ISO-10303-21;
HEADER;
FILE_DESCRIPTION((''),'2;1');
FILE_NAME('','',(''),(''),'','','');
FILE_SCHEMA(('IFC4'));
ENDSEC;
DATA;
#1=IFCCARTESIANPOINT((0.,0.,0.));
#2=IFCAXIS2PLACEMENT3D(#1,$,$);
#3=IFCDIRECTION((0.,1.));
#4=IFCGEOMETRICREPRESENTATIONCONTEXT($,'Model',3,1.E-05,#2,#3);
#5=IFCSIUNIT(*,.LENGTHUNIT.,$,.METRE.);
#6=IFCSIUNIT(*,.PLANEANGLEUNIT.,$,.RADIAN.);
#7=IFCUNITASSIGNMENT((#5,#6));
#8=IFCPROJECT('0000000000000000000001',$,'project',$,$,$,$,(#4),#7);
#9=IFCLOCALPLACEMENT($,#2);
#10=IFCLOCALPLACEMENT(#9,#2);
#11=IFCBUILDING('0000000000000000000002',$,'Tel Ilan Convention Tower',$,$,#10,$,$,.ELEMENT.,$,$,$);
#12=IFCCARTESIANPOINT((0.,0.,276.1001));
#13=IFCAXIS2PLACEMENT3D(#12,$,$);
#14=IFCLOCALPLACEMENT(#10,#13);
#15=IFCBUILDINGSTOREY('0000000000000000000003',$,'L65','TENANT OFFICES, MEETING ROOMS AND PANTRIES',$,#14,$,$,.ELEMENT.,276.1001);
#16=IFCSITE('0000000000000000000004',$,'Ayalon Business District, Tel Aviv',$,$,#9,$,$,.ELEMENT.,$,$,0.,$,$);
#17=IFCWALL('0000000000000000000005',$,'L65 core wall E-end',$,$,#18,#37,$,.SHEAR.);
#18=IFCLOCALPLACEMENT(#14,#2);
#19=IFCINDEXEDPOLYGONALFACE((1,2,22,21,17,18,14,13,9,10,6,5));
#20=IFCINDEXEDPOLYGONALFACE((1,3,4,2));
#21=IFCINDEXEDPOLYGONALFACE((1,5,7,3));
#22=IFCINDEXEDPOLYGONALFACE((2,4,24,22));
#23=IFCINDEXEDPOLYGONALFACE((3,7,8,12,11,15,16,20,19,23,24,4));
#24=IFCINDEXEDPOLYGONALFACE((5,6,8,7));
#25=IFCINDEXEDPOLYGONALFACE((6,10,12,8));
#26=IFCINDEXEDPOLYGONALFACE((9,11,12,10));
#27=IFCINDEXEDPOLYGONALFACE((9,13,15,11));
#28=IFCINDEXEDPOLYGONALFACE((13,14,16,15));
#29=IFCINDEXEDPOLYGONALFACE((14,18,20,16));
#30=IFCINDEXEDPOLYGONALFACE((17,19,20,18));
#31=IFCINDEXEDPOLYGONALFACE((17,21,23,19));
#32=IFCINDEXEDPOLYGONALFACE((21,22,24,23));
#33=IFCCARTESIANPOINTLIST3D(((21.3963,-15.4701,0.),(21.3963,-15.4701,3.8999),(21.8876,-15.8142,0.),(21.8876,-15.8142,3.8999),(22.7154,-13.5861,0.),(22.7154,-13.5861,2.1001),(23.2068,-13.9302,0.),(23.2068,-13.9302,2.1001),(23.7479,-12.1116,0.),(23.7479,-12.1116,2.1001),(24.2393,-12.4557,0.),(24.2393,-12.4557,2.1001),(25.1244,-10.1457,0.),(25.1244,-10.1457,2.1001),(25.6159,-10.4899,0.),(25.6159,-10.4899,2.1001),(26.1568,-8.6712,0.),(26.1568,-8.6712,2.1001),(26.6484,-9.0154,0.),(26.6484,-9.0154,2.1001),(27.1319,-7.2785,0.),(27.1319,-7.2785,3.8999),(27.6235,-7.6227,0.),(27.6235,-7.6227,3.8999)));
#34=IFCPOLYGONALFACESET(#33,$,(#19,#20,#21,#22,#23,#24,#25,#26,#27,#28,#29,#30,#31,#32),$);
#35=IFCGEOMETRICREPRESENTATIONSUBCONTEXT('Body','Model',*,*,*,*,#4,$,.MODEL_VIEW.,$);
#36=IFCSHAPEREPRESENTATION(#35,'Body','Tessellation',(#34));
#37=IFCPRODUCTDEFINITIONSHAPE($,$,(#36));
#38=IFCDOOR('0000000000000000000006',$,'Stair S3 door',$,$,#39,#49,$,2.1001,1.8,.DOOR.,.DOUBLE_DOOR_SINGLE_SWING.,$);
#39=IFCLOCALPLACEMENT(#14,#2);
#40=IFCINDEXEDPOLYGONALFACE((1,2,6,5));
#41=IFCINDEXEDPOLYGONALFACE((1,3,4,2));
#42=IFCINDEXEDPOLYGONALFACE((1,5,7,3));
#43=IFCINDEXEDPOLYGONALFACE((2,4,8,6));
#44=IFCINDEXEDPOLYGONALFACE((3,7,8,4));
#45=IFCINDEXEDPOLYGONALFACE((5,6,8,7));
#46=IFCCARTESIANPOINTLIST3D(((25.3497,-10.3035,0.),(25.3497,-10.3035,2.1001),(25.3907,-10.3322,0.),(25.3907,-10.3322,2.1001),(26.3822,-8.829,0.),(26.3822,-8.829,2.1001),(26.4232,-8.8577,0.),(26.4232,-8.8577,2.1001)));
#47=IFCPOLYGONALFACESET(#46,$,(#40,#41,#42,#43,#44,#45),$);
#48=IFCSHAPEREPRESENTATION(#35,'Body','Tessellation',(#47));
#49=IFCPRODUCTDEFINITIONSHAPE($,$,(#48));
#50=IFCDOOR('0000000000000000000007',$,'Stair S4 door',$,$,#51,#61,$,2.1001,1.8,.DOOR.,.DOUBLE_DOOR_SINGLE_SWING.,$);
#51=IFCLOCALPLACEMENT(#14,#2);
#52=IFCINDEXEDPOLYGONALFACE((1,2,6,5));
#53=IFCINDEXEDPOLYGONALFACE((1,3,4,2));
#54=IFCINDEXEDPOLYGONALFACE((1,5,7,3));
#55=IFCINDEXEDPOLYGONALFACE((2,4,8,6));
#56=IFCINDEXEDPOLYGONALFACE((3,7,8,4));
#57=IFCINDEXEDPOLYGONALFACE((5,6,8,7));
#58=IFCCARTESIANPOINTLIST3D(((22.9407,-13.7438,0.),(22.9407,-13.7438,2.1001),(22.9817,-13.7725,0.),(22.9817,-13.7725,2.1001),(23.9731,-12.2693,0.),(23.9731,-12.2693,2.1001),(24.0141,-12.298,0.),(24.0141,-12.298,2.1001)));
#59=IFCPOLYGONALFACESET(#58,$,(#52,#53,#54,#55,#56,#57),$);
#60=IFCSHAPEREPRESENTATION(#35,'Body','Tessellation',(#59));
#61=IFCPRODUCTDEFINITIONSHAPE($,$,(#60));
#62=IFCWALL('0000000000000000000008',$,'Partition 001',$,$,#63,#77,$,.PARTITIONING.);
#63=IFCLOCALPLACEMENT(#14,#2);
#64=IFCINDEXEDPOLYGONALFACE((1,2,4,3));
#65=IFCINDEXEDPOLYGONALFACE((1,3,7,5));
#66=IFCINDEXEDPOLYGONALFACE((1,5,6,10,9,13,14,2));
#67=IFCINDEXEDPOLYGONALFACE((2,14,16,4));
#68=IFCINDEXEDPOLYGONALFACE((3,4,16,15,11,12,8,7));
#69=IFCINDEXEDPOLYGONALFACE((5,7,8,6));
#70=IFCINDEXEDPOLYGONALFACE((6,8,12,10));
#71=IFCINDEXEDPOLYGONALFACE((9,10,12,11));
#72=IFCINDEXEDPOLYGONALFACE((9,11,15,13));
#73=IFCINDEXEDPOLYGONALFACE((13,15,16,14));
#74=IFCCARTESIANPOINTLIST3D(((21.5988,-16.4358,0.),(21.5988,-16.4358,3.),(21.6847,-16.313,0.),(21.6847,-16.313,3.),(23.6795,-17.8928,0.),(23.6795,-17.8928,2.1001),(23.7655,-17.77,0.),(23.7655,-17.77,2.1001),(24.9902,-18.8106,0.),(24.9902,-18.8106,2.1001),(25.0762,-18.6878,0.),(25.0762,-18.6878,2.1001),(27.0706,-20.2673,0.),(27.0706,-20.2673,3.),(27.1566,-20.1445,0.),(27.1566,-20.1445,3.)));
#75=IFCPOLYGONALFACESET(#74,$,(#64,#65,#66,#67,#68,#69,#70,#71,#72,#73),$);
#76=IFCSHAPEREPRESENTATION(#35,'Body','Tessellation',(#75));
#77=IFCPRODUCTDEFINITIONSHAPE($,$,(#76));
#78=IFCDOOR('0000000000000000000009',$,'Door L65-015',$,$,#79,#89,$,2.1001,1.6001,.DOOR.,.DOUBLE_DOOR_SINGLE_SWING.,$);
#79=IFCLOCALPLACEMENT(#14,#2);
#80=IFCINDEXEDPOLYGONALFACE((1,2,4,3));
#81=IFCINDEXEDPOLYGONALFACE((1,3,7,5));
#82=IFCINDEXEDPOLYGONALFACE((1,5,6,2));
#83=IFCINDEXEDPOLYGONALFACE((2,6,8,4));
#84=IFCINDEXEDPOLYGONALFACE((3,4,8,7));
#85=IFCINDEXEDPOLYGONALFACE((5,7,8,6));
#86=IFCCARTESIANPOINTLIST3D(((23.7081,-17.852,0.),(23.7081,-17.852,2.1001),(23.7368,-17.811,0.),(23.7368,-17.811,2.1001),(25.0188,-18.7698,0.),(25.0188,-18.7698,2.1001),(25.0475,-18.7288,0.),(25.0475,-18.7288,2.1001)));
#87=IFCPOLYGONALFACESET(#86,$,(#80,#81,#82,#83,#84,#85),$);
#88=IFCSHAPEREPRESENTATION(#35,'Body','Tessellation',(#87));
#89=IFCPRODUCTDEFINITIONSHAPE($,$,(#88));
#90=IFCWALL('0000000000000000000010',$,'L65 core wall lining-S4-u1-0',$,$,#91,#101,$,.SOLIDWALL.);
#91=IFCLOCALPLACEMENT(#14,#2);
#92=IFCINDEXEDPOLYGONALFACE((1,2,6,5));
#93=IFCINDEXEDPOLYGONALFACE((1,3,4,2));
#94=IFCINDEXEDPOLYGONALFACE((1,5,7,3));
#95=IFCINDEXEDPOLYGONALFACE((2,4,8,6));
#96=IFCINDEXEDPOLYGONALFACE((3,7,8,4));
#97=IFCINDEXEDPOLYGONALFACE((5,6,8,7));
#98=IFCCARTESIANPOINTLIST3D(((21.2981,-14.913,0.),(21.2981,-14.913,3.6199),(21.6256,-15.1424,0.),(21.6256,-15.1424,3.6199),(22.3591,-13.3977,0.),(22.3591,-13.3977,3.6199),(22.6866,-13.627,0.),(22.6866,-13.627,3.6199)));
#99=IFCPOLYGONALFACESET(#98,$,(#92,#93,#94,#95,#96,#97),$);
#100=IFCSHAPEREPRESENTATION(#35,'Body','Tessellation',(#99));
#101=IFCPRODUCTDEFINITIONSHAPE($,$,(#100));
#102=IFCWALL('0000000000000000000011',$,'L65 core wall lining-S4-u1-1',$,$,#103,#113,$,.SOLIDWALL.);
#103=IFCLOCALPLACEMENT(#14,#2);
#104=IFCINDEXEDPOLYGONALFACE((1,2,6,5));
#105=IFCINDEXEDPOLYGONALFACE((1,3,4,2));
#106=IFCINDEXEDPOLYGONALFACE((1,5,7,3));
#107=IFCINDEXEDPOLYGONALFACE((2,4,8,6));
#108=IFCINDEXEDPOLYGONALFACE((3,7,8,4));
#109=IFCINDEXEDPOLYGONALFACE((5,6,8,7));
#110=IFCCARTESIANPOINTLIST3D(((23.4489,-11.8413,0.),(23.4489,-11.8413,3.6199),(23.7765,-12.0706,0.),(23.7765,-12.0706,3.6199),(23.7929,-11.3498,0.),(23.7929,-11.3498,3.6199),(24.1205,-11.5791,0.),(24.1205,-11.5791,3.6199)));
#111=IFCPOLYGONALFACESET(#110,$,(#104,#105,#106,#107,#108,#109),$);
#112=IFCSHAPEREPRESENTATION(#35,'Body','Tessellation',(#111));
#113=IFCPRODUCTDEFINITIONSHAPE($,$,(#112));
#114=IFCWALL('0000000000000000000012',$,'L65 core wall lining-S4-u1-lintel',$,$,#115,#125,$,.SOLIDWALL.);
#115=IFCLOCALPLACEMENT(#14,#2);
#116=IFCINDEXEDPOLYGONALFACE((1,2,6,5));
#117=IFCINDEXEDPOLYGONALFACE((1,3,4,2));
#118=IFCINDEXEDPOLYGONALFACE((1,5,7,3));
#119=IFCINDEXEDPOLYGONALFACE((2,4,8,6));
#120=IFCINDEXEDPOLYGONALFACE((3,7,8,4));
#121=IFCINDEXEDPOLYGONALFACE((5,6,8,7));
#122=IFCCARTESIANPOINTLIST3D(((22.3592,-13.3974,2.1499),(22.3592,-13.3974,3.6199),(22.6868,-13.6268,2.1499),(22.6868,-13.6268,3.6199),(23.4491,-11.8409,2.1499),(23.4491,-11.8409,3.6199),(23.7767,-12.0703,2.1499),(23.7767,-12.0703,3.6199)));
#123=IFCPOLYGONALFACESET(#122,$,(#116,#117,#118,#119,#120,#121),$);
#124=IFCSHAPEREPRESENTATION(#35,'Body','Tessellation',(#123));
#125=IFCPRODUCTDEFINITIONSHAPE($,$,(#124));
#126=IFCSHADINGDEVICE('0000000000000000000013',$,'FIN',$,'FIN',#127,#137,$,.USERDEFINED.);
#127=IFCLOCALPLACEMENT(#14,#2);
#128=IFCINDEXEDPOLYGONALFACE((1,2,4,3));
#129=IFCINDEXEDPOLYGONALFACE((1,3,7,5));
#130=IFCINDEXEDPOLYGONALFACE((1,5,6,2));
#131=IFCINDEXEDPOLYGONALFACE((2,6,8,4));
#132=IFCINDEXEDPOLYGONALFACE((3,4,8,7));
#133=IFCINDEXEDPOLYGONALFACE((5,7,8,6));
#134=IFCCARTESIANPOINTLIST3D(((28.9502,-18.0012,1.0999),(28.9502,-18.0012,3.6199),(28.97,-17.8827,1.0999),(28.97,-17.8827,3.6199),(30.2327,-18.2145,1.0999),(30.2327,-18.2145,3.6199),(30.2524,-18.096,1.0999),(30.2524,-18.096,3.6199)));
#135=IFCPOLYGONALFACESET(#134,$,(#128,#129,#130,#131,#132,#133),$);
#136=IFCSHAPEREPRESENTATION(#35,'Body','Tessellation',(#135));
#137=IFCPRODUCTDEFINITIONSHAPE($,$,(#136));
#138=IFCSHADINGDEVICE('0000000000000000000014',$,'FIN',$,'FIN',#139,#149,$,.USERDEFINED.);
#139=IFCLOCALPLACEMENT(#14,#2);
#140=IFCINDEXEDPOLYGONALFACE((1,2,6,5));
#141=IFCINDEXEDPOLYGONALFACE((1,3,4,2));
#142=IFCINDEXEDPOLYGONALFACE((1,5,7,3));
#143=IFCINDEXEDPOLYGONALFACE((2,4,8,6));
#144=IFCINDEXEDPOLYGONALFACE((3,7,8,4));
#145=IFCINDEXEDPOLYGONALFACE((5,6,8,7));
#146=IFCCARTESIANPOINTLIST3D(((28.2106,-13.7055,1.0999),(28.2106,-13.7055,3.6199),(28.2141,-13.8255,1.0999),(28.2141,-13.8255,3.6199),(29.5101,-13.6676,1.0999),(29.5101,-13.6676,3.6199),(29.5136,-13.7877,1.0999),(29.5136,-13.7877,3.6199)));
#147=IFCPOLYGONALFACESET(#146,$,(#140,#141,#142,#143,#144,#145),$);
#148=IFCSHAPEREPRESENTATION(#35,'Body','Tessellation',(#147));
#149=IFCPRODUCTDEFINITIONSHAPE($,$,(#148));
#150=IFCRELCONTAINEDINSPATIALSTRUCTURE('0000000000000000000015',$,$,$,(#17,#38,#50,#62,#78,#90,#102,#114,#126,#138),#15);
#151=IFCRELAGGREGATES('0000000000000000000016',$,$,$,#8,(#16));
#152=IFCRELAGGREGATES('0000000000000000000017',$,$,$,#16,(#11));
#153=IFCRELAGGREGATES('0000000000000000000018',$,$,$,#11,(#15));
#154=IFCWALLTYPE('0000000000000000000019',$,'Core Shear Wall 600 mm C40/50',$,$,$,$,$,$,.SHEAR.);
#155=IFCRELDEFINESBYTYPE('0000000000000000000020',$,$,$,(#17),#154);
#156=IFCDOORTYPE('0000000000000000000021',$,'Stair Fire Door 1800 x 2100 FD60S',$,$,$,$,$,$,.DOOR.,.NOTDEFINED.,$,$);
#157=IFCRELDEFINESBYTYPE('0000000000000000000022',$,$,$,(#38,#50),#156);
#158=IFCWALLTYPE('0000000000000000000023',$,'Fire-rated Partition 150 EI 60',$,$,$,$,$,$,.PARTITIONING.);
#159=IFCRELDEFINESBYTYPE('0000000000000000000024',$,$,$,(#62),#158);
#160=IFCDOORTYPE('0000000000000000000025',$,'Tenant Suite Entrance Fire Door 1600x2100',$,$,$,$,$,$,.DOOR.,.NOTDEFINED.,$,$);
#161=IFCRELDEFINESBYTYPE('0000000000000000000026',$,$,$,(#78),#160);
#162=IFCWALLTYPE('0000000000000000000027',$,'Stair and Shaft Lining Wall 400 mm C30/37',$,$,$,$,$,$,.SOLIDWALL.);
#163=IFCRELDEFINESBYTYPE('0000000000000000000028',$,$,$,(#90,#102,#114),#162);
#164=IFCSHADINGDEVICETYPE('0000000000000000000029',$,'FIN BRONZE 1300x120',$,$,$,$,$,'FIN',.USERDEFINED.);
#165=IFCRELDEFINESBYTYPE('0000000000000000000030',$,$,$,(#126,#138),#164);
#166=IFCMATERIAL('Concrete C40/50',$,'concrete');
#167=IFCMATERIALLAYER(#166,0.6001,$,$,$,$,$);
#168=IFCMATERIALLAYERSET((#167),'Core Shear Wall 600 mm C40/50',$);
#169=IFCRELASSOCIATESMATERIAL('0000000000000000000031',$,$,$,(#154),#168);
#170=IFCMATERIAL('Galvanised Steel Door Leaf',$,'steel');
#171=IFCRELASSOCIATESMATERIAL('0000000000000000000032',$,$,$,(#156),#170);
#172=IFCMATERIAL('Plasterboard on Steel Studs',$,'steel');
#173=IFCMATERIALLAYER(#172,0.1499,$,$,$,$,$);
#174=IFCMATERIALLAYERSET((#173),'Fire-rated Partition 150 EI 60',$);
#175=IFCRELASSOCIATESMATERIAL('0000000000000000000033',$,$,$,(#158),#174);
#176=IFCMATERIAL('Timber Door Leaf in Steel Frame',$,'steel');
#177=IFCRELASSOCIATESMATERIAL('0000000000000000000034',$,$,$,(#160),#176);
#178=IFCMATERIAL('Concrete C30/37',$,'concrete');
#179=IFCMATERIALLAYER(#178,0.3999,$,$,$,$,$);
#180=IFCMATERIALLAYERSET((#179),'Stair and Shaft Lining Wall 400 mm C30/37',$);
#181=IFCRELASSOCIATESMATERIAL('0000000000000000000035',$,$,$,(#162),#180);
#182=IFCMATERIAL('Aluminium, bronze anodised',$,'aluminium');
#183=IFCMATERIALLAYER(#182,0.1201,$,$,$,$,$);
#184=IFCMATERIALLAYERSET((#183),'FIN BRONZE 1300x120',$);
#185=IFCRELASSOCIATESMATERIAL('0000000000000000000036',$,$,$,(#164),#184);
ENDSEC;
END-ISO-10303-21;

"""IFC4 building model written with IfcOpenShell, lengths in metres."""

from ifc_helpers import new_model, si_unit, direction, frame, frame_2d, origin, origin_2d, place, context, subcontext, project, spatial, polyline, rectangle, outline, extrude, material, layer, layer_set, type_object, element, fill, save


model = new_model("IFC4")

# Units and contexts
model_context = context("Model", 3, precision=1e-05, world=origin(), true_north=direction((0.0, 1.0)))
body_context = subcontext(model_context, "Body", "Model", "MODEL_VIEW")
ifc_project = project(units=[si_unit("LENGTHUNIT", "METRE"), si_unit("PLANEANGLEUNIT", "RADIAN")], contexts=[model_context])

# Site, building, storey
site_placement = place(None, origin())
site = spatial("IfcSite", under=ifc_project, at=site_placement, Name="Ayalon Business District, Tel Aviv", CompositionType="ELEMENT", RefElevation=0.0)
building_placement = place(site_placement, origin())
building = spatial("IfcBuilding", under=site, at=building_placement, Name="Tel Ilan Convention Tower", CompositionType="ELEMENT")
storey_placement = place(building_placement, frame((0.0, 0.0, 276.1001)))
storey = spatial("IfcBuildingStorey", under=building, at=storey_placement, Name="L65", Description="TENANT OFFICES, MEETING ROOMS AND PANTRIES", CompositionType="ELEMENT", Elevation=276.1001)

# Wall, openings, doors
ifc_material_1 = material(Name="Concrete C40/50", Category="concrete")
ifc_layer_1 = layer(ifc_material_1, 0.6001)
ifc_layer_set_1 = layer_set([ifc_layer_1], Name="Core Shear Wall 600 mm C40/50")
wall_type_1 = type_object("IfcWallType", Name="Core Shear Wall 600 mm C40/50", PredefinedType="SHEAR", material=ifc_layer_set_1)
wall_1_placement = place(storey_placement, frame((21.6418, -15.6421, 0.0), z_axis=(0.0, 0.0, 1.0), x_axis=(0.573587, 0.819145, 0.0)))
wall_1 = element("IfcWall", 1, at=wall_1_placement, inside=storey, type_object=wall_type_1, Name="L65 core wall E-end", PredefinedType="SHEAR", context=body_context, shape_type="SweptSolid", body=[
    extrude(outline(polyline([(10.0, 0.3), (0.0, 0.2998), (0.0, -0.3), (10.0, -0.3), (10.0, 0.3)])), origin(), (0.0, 0.0, 1.0), 3.8999),
])
opening_1_placement = place(wall_1_placement, frame((6.5, 0.0, 0.0)))
opening_1 = element("IfcOpeningElement", 2, at=opening_1_placement, cuts=wall_1, PredefinedType="OPENING", context=body_context, shape_type="SweptSolid", body=[
    extrude(rectangle(XDim=1.8, YDim=2.1001, at=frame_2d((0.8999, 1.05))), frame((0.0, 0.3101, 0.0), z_axis=(0.0, -1.0, 0.0), x_axis=(1.0, 0.0, 0.0)), (0.0, 0.0, 1.0), 0.6201),
])
opening_2_placement = place(wall_1_placement, frame((2.3, 0.0, 0.0)))
opening_2 = element("IfcOpeningElement", 3, at=opening_2_placement, cuts=wall_1, PredefinedType="OPENING", context=body_context, shape_type="SweptSolid", body=[
    extrude(rectangle(XDim=1.8, YDim=2.1001, at=frame_2d((0.8999, 1.05))), frame((0.0, 0.3101, 0.0), z_axis=(0.0, -1.0, 0.0), x_axis=(1.0, 0.0, 0.0)), (0.0, 0.0, 1.0), 0.6201),
])
ifc_material_2 = material(Name="Galvanised Steel Door Leaf", Category="steel")
door_type_1 = type_object("IfcDoorType", Name="Stair Fire Door 1800 x 2100 FD60S", OperationType="NOTDEFINED", PredefinedType="DOOR", material=ifc_material_2)
door_1_placement = place(opening_1_placement, origin())
door_1 = element("IfcDoor", 4, at=door_1_placement, inside=storey, type_object=door_type_1, Name="Stair S3 door", OperationType="DOUBLE_DOOR_SINGLE_SWING", OverallHeight=2.1001, OverallWidth=1.8, PredefinedType="DOOR", context=body_context, shape_type="SweptSolid", body=[
    extrude(rectangle(XDim=1.8, YDim=2.1001, at=frame_2d((0.8999, 1.05))), frame((0.0, 0.0249, 0.0), z_axis=(0.0, -1.0, 0.0), x_axis=(1.0, 0.0, 0.0)), (0.0, 0.0, 1.0), 0.05),
])
fill(opening_1, door_1)
door_2_placement = place(opening_2_placement, origin())
door_2 = element("IfcDoor", 5, at=door_2_placement, inside=storey, type_object=door_type_1, Name="Stair S4 door", OperationType="DOUBLE_DOOR_SINGLE_SWING", OverallHeight=2.1001, OverallWidth=1.8, PredefinedType="DOOR", context=body_context, shape_type="SweptSolid", body=[
    extrude(rectangle(XDim=1.8, YDim=2.1001, at=frame_2d((0.8999, 1.05))), frame((0.0, 0.0249, 0.0), z_axis=(0.0, -1.0, 0.0), x_axis=(1.0, 0.0, 0.0)), (0.0, 0.0, 1.0), 0.05),
])
fill(opening_2, door_2)

# Wall, opening, door
ifc_material_3 = material(Name="Plasterboard on Steel Studs", Category="steel")
ifc_layer_2 = layer(ifc_material_3, 0.1499)
ifc_layer_set_2 = layer_set([ifc_layer_2], Name="Fire-rated Partition 150 EI 60")
wall_type_2 = type_object("IfcWallType", Name="Fire-rated Partition 150 EI 60", PredefinedType="PARTITIONING", material=ifc_layer_set_2)
wall_2_placement = place(storey_placement, frame((21.6418, -16.3745, 0.0), z_axis=(0.0, 0.0, 1.0), x_axis=(0.819148, -0.573583, 0.0)))
wall_2 = element("IfcWall", 6, at=wall_2_placement, inside=storey, type_object=wall_type_2, Name="Partition 001", PredefinedType="PARTITIONING", context=body_context, shape_type="SweptSolid", body=[
    extrude(rectangle(XDim=6.6799, YDim=0.1499, at=frame_2d((3.3398, 0.0))), origin(), (0.0, 0.0, 1.0), 3.0),
])
opening_3_placement = place(wall_2_placement, frame((2.54, 0.0, 0.0)))
opening_3 = element("IfcOpeningElement", 7, at=opening_3_placement, cuts=wall_2, PredefinedType="OPENING", context=body_context, shape_type="SweptSolid", body=[
    extrude(rectangle(XDim=1.6001, YDim=2.1001, at=frame_2d((0.8, 1.05))), frame((0.0, 0.085, 0.0), z_axis=(0.0, -1.0, 0.0), x_axis=(1.0, 0.0, 0.0)), (0.0, 0.0, 1.0), 0.1699),
])
ifc_material_4 = material(Name="Timber Door Leaf in Steel Frame", Category="steel")
door_type_2 = type_object("IfcDoorType", Name="Tenant Suite Entrance Fire Door 1600x2100", OperationType="NOTDEFINED", PredefinedType="DOOR", material=ifc_material_4)
door_3_placement = place(opening_3_placement, origin())
door_3 = element("IfcDoor", 8, at=door_3_placement, inside=storey, type_object=door_type_2, Name="Door L65-015", OperationType="DOUBLE_DOOR_SINGLE_SWING", OverallHeight=2.1001, OverallWidth=1.6001, PredefinedType="DOOR", context=body_context, shape_type="SweptSolid", body=[
    extrude(rectangle(XDim=1.6001, YDim=2.1001, at=frame_2d((0.8, 1.05))), frame((0.0, 0.0249, 0.0), z_axis=(0.0, -1.0, 0.0), x_axis=(1.0, 0.0, 0.0)), (0.0, 0.0, 1.0), 0.05),
])
fill(opening_3, door_3)

# Walls
ifc_material_5 = material(Name="Concrete C30/37", Category="concrete")
ifc_layer_3 = layer(ifc_material_5, 0.3999)
ifc_layer_set_3 = layer_set([ifc_layer_3], Name="Stair and Shaft Lining Wall 400 mm C30/37")
wall_type_3 = type_object("IfcWallType", Name="Stair and Shaft Lining Wall 400 mm C30/37", PredefinedType="SOLIDWALL", material=ifc_layer_set_3)
wall_3_placement = place(storey_placement, frame((21.4619, -15.0276, 0.0), z_axis=(0.0, 0.0, 1.0), x_axis=(0.57356, 0.819164, 0.0)))
element("IfcWall", 9, at=wall_3_placement, inside=storey, type_object=wall_type_3, Name="L65 core wall lining-S4-u1-0", PredefinedType="SOLIDWALL", context=body_context, shape_type="SweptSolid", body=[
    extrude(rectangle(XDim=1.8499, YDim=0.3999, at=frame_2d((0.9248, 0.0))), origin(), (0.0, 0.0, 1.0), 3.6199),
])
wall_4_placement = place(storey_placement, frame((23.6128, -11.9558, 0.0), z_axis=(0.0, 0.0, 1.0), x_axis=(0.573435, 0.819251, 0.0)))
element("IfcWall", 10, at=wall_4_placement, inside=storey, type_object=wall_type_3, Name="L65 core wall lining-S4-u1-1", PredefinedType="SOLIDWALL", context=body_context, shape_type="SweptSolid", body=[
    extrude(rectangle(XDim=0.5999, YDim=0.3999, at=frame_2d((0.2998, 0.0))), origin(), (0.0, 0.0, 1.0), 3.6199),
])
wall_5_placement = place(storey_placement, frame((22.5229, -13.5122, 2.1499), z_axis=(0.0, 0.0, 1.0), x_axis=(0.573592, 0.819141, 0.0)))
element("IfcWall", 11, at=wall_5_placement, inside=storey, type_object=wall_type_3, Name="L65 core wall lining-S4-u1-lintel", PredefinedType="SOLIDWALL", context=body_context, shape_type="SweptSolid", body=[
    extrude(rectangle(XDim=1.9001, YDim=0.3999, at=frame_2d((0.9502, 0.0))), origin(), (0.0, 0.0, 1.0), 1.47),
])

# Shading devices
ifc_material_6 = material(Name="Aluminium, bronze anodised", Category="aluminium")
ifc_layer_4 = layer(ifc_material_6, 0.1201)
ifc_layer_set_4 = layer_set([ifc_layer_4], Name="FIN BRONZE 1300x120")
shading_device_type = type_object("IfcShadingDeviceType", Name="FIN BRONZE 1300x120", ElementType="FIN", PredefinedType="USERDEFINED", material=ifc_layer_set_4)
for number, where, z_axis, x_axis, name in (
    (12, (29.6013, -18.0486, 1.0999), (0.0, 0.0, 1.0), (0.986445, -0.164091, 0.0), "FIN"),
    (13, (28.8621, -13.7466, 1.0999), (0.0, 0.0, 1.0), (0.999577, 0.029085, 0.0), "FIN"),
):
    element("IfcShadingDevice", number, at=place(storey_placement, frame(where, z_axis=z_axis, x_axis=x_axis)), inside=storey, type_object=shading_device_type, Name=name, ObjectType="FIN", PredefinedType="USERDEFINED", context=body_context, shape_type="SweptSolid", body=[
        extrude(rectangle(XDim=1.3, YDim=0.1201, at=origin_2d()), origin(), (0.0, 0.0, 1.0), 2.52),
    ])

save(model, "model.ifc")
